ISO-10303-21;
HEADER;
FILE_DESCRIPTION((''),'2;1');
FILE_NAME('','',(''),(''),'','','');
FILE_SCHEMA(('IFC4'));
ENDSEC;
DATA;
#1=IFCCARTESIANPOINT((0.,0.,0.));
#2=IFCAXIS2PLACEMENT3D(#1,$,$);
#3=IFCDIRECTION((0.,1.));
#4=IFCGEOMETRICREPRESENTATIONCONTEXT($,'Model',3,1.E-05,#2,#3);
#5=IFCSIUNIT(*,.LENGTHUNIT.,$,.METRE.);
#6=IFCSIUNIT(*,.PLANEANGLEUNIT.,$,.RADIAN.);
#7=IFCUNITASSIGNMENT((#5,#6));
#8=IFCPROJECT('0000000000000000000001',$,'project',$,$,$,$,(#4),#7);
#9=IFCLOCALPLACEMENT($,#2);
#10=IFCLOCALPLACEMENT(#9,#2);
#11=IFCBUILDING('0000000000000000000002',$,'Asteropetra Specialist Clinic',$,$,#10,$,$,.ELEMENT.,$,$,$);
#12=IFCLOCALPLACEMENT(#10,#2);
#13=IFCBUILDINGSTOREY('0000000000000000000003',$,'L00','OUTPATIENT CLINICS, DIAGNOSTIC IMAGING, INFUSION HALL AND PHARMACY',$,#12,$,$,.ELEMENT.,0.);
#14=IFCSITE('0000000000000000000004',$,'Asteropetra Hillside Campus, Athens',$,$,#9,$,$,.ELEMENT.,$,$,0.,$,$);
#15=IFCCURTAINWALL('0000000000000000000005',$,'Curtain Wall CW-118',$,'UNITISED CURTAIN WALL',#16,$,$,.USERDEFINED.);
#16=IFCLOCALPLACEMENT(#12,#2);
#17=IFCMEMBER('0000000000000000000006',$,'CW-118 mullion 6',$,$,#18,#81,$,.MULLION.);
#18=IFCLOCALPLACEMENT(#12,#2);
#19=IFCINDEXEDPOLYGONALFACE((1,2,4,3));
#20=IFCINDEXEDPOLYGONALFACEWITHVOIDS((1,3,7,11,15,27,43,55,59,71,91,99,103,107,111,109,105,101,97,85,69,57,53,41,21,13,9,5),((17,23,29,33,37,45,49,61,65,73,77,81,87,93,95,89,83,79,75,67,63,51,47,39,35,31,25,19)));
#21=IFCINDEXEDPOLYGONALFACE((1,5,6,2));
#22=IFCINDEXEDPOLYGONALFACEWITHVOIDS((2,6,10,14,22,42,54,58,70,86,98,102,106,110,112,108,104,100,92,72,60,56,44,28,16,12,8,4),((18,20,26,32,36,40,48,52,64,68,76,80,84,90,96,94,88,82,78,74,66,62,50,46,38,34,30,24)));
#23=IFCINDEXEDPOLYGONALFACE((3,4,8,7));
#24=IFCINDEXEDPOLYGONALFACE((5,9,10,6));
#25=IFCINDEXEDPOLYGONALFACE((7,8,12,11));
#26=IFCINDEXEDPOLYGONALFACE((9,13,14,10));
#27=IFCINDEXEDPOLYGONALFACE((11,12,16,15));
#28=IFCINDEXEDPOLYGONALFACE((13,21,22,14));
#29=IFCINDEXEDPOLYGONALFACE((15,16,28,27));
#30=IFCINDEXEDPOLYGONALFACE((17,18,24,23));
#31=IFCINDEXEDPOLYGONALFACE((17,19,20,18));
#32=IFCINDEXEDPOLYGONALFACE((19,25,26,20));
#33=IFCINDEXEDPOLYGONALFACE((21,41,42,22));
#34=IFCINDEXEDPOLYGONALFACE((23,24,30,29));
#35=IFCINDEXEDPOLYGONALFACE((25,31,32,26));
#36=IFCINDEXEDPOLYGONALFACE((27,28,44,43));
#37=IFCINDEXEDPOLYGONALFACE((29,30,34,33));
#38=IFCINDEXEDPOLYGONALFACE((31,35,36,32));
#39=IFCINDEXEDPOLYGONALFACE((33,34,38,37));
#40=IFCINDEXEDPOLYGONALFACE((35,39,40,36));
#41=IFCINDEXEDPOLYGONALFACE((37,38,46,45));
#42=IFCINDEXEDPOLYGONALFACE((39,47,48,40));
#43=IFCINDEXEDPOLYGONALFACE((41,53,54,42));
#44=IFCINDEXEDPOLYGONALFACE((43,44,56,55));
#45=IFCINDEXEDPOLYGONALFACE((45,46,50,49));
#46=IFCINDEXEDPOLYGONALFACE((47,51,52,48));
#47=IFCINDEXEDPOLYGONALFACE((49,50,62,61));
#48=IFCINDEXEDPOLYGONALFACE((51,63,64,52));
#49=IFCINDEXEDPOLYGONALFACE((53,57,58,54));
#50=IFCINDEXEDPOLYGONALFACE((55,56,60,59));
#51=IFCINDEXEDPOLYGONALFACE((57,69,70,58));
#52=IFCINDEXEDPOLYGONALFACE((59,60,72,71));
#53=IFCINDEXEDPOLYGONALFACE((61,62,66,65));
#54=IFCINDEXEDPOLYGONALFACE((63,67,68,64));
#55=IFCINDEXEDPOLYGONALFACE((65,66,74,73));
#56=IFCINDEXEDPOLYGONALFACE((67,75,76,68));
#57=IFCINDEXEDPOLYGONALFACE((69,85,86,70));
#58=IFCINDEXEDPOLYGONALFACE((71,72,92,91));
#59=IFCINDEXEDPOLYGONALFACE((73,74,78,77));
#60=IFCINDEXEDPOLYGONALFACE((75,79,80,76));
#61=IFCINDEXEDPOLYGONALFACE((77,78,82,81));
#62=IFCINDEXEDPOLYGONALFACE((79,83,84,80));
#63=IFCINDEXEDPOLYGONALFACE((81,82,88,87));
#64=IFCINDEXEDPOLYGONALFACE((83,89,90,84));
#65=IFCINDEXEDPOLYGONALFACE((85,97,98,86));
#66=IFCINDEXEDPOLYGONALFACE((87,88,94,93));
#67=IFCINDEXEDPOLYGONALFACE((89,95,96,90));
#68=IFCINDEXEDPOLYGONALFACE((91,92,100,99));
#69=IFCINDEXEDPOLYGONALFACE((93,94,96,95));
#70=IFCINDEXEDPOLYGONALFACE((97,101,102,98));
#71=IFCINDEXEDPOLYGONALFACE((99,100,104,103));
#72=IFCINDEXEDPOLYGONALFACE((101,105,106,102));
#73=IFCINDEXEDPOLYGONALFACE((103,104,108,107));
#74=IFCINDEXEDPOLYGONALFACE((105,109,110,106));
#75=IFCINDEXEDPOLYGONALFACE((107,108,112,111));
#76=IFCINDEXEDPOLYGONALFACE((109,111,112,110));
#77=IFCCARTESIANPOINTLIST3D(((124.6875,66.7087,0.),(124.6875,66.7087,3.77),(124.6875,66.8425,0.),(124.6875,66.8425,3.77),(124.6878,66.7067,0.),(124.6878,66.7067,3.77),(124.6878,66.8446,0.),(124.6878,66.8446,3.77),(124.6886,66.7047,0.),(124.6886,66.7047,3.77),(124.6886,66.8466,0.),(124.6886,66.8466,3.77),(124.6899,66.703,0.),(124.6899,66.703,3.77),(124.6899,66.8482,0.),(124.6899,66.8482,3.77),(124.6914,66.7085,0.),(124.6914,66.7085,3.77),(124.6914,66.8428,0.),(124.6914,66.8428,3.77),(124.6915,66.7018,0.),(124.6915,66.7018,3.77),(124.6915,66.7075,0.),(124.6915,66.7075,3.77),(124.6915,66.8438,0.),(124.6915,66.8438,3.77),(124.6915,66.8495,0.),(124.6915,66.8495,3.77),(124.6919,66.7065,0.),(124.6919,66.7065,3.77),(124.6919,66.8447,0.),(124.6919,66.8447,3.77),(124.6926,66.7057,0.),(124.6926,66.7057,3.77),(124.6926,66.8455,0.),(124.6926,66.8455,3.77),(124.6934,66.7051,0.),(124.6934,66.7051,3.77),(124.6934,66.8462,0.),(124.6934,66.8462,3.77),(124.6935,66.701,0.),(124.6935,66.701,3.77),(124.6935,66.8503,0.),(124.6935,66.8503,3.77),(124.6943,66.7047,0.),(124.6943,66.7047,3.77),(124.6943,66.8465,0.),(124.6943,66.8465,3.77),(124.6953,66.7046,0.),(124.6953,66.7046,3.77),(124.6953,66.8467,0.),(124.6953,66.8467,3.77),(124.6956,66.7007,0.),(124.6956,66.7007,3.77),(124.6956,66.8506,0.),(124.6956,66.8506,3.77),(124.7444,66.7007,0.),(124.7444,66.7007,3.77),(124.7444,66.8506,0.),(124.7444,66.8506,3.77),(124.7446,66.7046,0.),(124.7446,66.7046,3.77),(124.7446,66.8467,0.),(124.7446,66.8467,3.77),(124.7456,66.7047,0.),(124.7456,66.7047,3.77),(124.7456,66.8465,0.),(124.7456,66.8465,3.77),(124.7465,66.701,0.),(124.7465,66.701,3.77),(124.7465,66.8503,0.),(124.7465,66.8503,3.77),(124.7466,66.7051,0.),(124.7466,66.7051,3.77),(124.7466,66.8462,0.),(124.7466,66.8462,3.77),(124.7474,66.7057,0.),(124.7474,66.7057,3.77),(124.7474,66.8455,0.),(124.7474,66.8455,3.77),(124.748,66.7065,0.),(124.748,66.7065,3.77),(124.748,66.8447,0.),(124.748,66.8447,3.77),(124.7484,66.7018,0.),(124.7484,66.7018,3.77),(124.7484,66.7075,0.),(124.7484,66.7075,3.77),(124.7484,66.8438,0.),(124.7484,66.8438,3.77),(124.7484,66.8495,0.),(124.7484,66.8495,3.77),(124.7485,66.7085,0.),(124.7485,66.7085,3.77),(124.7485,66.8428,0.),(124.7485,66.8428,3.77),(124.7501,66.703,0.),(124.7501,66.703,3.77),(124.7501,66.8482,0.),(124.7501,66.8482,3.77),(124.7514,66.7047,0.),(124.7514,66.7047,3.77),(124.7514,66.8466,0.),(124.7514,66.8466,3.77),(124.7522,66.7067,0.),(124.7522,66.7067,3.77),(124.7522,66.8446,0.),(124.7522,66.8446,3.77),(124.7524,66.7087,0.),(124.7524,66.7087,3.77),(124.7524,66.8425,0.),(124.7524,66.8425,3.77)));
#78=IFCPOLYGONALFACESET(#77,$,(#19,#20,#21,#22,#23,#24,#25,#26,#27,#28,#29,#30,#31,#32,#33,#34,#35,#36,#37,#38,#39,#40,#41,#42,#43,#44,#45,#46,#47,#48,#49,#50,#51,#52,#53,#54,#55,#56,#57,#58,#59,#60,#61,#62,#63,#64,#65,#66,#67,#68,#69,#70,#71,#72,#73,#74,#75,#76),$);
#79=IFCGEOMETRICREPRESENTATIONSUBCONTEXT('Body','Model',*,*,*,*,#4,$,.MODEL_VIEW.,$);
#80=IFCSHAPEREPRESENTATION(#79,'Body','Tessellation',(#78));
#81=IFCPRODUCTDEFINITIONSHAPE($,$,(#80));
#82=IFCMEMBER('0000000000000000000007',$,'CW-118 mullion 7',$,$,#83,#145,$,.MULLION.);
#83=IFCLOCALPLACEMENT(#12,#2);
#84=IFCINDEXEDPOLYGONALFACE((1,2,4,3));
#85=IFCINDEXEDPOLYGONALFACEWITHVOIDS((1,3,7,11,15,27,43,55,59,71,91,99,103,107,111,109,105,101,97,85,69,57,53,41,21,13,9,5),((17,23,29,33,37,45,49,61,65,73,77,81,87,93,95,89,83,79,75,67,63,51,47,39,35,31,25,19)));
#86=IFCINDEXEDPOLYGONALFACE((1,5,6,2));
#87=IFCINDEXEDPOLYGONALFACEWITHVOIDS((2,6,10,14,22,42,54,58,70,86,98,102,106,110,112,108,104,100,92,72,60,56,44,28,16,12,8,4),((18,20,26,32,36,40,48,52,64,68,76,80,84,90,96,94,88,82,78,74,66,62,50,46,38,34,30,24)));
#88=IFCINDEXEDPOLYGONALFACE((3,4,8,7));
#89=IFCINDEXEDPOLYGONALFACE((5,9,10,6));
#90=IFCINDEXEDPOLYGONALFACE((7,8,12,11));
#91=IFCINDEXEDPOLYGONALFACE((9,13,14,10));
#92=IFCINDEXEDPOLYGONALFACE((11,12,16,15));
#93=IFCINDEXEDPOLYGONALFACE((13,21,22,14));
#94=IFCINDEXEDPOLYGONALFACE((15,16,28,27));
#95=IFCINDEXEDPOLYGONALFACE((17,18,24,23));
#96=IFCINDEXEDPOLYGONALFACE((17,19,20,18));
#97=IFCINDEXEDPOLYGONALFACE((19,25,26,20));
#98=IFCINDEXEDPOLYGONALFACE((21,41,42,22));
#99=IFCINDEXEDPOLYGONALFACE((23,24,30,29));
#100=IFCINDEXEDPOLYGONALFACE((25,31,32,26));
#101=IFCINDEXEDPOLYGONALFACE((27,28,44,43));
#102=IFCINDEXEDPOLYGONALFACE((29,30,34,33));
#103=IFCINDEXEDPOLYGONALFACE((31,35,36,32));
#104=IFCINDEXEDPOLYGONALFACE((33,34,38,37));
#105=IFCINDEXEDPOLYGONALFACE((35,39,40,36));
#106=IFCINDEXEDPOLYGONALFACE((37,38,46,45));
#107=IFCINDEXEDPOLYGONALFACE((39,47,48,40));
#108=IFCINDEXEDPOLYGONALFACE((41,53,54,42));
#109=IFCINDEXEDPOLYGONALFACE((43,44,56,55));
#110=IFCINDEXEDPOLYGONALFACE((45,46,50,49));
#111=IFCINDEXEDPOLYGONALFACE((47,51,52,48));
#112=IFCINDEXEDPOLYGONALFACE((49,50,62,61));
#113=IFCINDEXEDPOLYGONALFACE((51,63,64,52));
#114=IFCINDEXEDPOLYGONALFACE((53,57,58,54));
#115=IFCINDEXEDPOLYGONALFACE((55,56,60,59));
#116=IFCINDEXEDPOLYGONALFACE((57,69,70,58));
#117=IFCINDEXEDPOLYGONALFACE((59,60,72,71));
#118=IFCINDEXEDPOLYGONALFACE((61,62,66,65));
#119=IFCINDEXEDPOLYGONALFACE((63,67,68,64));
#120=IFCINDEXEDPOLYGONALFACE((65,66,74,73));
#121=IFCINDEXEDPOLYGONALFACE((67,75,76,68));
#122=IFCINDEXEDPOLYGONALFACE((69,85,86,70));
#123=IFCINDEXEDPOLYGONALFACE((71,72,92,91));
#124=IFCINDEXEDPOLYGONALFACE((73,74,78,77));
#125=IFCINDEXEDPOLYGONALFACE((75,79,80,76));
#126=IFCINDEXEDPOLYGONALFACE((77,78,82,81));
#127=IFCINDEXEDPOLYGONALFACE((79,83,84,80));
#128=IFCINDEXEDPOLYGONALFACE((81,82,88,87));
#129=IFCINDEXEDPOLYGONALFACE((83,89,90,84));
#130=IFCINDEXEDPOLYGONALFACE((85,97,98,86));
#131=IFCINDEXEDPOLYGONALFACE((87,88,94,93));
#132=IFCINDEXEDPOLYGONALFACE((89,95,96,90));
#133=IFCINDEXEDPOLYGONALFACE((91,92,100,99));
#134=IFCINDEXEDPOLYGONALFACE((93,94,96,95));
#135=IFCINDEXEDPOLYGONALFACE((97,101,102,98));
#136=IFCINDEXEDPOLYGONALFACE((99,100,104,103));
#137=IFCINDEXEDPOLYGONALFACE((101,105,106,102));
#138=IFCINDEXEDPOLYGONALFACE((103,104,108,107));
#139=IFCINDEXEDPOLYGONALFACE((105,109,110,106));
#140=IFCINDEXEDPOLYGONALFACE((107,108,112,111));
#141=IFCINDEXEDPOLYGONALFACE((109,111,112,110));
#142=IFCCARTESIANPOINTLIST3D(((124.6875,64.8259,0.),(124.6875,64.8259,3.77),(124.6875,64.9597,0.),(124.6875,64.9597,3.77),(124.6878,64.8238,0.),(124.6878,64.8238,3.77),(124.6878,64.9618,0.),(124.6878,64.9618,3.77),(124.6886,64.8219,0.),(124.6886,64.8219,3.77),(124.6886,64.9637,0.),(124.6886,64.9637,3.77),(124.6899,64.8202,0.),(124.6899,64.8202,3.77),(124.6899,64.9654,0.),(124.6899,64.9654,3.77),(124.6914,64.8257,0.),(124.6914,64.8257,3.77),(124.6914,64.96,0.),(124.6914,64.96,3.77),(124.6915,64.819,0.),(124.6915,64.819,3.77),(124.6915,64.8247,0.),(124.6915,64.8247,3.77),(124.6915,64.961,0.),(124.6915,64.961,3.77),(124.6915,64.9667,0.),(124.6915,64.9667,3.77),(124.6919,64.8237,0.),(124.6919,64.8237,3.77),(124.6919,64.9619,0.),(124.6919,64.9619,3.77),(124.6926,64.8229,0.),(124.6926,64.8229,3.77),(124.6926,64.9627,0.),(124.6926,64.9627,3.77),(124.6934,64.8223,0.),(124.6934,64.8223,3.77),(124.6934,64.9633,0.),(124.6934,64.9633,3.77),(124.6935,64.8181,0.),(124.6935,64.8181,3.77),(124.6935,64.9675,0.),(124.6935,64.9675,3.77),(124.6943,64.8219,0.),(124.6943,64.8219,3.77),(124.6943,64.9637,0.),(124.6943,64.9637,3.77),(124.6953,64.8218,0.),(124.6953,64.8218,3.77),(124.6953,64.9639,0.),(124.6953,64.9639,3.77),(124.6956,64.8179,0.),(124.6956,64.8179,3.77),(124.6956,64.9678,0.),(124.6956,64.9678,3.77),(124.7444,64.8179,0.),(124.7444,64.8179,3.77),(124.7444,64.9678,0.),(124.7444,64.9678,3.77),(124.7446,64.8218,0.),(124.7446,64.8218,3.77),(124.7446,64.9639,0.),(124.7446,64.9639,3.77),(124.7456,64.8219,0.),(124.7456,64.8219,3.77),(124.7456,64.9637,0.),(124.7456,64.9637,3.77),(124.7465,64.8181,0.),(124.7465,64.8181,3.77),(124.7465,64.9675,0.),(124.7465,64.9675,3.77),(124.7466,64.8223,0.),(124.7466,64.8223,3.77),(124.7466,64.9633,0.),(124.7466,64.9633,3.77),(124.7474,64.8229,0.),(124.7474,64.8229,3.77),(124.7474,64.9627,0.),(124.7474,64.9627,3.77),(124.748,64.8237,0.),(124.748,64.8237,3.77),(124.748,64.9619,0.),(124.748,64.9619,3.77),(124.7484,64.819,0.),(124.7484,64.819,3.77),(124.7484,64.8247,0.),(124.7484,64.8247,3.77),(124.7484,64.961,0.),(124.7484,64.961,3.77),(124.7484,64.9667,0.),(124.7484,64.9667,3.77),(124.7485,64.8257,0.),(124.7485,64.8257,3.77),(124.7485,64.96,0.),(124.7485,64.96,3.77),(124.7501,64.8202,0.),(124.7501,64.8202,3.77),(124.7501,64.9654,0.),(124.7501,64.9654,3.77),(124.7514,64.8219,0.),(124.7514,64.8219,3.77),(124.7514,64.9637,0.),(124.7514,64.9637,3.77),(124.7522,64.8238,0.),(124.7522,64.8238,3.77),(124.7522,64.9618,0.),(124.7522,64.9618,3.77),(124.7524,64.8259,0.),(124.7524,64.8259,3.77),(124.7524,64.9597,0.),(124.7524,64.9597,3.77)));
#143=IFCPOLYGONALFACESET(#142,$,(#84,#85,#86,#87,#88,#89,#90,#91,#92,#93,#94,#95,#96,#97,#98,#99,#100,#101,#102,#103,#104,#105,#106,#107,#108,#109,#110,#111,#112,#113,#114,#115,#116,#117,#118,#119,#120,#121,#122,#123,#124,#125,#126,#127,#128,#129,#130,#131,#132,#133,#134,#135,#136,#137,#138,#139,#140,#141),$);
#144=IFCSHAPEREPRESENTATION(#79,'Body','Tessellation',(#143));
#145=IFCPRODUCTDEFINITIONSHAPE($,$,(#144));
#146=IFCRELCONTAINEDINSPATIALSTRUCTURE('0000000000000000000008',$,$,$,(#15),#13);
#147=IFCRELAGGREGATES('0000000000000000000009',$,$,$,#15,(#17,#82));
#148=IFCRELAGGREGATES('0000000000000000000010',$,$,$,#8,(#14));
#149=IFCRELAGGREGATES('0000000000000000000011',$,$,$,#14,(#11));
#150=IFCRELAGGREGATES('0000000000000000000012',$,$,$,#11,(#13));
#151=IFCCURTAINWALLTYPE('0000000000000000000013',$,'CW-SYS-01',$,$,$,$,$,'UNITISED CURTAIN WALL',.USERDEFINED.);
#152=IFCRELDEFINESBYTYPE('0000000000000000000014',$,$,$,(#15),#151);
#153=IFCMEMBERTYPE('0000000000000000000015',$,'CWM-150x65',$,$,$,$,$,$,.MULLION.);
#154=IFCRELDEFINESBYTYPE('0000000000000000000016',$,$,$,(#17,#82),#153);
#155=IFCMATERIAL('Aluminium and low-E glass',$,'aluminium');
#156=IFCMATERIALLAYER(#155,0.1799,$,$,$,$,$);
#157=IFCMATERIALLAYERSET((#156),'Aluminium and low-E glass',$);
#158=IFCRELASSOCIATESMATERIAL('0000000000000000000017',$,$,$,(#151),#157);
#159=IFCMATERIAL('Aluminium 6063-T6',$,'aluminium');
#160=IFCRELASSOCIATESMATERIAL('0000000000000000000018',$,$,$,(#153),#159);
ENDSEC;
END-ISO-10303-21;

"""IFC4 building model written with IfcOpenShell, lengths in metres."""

from ifc_helpers import new_model, si_unit, direction, frame, origin, origin_2d, place, context, subcontext, project, spatial, hollow_rectangle, extrude, material, layer, layer_set, material_profile, profile_set, type_object, element, aggregate, save


model = new_model("IFC4")

# Units and contexts
model_context = context("Model", 3, precision=1e-05, world=origin(), true_north=direction((0.0, 1.0)))
body_context = subcontext(model_context, "Body", "Model", "MODEL_VIEW")
ifc_project = project(units=[si_unit("LENGTHUNIT", "METRE"), si_unit("PLANEANGLEUNIT", "RADIAN")], contexts=[model_context])

# Site, building, storey
site_placement = place(None, origin())
site = spatial("IfcSite", under=ifc_project, at=site_placement, Name="Asteropetra Hillside Campus, Athens", CompositionType="ELEMENT", RefElevation=0.0)
building_placement = place(site_placement, origin())
building = spatial("IfcBuilding", under=site, at=building_placement, Name="Asteropetra Specialist Clinic", CompositionType="ELEMENT")
storey_placement = place(building_placement, origin())
storey = spatial("IfcBuildingStorey", under=building, at=storey_placement, Name="L00", Description="OUTPATIENT CLINICS, DIAGNOSTIC IMAGING, INFUSION HALL AND PHARMACY", CompositionType="ELEMENT", Elevation=0.0)

# Curtain wall, members
ifc_material_1 = material(Name="Aluminium and low-E glass", Category="aluminium")
ifc_layer_1 = layer(ifc_material_1, 0.1799)
ifc_layer_set_1 = layer_set([ifc_layer_1], Name="Aluminium and low-E glass")
curtain_wall_type_1 = type_object("IfcCurtainWallType", Name="CW-SYS-01", ElementType="UNITISED CURTAIN WALL", PredefinedType="USERDEFINED", material=ifc_layer_set_1)
curtain_wall_1_placement = place(storey_placement, origin())
curtain_wall_1 = element("IfcCurtainWall", 1, at=curtain_wall_1_placement, inside=storey, type_object=curtain_wall_type_1, Name="Curtain Wall CW-118", ObjectType="UNITISED CURTAIN WALL", PredefinedType="USERDEFINED")
ifc_material_2 = material(Name="Aluminium 6063-T6", Category="aluminium")
ifc_material_profile_1 = material_profile(ifc_material_2, hollow_rectangle(XDim=0.0649, YDim=0.1499, WallThickness=0.0039, InnerFilletRadius=0.0039, OuterFilletRadius=0.0081, at=origin_2d()), Name="MUL 150x65x4.0")
ifc_profile_set_1 = profile_set([ifc_material_profile_1], Name="Aluminium 6063-T6")
member_type_1 = type_object("IfcMemberType", Name="CWM-150x65", PredefinedType="MULLION", material=ifc_profile_set_1)
member_1_placement = place(storey_placement, frame((124.72, 66.7756, 0.0), z_axis=(0.0, 0.0, 1.0), x_axis=(1.0, 0.0, 0.0)))
member_1 = element("IfcMember", 2, at=member_1_placement, type_object=member_type_1, Name="CW-118 mullion 6", PredefinedType="MULLION", context=body_context, shape_type="SweptSolid", body=[
    extrude(hollow_rectangle(XDim=0.0649, YDim=0.1499, WallThickness=0.0039, InnerFilletRadius=0.0039, OuterFilletRadius=0.0081, at=origin_2d()), origin(), (0.0, 0.0, 1.0), 3.77),
])
member_2_placement = place(storey_placement, frame((124.72, 64.8928, 0.0), z_axis=(0.0, 0.0, 1.0), x_axis=(1.0, 0.0, 0.0)))
member_2 = element("IfcMember", 3, at=member_2_placement, type_object=member_type_1, Name="CW-118 mullion 7", PredefinedType="MULLION", context=body_context, shape_type="SweptSolid", body=[
    extrude(hollow_rectangle(XDim=0.0649, YDim=0.1499, WallThickness=0.0039, InnerFilletRadius=0.0039, OuterFilletRadius=0.0081, at=origin_2d()), origin(), (0.0, 0.0, 1.0), 3.77),
])

aggregate(curtain_wall_1, [member_1, member_2])

save(model, "model.ifc")
